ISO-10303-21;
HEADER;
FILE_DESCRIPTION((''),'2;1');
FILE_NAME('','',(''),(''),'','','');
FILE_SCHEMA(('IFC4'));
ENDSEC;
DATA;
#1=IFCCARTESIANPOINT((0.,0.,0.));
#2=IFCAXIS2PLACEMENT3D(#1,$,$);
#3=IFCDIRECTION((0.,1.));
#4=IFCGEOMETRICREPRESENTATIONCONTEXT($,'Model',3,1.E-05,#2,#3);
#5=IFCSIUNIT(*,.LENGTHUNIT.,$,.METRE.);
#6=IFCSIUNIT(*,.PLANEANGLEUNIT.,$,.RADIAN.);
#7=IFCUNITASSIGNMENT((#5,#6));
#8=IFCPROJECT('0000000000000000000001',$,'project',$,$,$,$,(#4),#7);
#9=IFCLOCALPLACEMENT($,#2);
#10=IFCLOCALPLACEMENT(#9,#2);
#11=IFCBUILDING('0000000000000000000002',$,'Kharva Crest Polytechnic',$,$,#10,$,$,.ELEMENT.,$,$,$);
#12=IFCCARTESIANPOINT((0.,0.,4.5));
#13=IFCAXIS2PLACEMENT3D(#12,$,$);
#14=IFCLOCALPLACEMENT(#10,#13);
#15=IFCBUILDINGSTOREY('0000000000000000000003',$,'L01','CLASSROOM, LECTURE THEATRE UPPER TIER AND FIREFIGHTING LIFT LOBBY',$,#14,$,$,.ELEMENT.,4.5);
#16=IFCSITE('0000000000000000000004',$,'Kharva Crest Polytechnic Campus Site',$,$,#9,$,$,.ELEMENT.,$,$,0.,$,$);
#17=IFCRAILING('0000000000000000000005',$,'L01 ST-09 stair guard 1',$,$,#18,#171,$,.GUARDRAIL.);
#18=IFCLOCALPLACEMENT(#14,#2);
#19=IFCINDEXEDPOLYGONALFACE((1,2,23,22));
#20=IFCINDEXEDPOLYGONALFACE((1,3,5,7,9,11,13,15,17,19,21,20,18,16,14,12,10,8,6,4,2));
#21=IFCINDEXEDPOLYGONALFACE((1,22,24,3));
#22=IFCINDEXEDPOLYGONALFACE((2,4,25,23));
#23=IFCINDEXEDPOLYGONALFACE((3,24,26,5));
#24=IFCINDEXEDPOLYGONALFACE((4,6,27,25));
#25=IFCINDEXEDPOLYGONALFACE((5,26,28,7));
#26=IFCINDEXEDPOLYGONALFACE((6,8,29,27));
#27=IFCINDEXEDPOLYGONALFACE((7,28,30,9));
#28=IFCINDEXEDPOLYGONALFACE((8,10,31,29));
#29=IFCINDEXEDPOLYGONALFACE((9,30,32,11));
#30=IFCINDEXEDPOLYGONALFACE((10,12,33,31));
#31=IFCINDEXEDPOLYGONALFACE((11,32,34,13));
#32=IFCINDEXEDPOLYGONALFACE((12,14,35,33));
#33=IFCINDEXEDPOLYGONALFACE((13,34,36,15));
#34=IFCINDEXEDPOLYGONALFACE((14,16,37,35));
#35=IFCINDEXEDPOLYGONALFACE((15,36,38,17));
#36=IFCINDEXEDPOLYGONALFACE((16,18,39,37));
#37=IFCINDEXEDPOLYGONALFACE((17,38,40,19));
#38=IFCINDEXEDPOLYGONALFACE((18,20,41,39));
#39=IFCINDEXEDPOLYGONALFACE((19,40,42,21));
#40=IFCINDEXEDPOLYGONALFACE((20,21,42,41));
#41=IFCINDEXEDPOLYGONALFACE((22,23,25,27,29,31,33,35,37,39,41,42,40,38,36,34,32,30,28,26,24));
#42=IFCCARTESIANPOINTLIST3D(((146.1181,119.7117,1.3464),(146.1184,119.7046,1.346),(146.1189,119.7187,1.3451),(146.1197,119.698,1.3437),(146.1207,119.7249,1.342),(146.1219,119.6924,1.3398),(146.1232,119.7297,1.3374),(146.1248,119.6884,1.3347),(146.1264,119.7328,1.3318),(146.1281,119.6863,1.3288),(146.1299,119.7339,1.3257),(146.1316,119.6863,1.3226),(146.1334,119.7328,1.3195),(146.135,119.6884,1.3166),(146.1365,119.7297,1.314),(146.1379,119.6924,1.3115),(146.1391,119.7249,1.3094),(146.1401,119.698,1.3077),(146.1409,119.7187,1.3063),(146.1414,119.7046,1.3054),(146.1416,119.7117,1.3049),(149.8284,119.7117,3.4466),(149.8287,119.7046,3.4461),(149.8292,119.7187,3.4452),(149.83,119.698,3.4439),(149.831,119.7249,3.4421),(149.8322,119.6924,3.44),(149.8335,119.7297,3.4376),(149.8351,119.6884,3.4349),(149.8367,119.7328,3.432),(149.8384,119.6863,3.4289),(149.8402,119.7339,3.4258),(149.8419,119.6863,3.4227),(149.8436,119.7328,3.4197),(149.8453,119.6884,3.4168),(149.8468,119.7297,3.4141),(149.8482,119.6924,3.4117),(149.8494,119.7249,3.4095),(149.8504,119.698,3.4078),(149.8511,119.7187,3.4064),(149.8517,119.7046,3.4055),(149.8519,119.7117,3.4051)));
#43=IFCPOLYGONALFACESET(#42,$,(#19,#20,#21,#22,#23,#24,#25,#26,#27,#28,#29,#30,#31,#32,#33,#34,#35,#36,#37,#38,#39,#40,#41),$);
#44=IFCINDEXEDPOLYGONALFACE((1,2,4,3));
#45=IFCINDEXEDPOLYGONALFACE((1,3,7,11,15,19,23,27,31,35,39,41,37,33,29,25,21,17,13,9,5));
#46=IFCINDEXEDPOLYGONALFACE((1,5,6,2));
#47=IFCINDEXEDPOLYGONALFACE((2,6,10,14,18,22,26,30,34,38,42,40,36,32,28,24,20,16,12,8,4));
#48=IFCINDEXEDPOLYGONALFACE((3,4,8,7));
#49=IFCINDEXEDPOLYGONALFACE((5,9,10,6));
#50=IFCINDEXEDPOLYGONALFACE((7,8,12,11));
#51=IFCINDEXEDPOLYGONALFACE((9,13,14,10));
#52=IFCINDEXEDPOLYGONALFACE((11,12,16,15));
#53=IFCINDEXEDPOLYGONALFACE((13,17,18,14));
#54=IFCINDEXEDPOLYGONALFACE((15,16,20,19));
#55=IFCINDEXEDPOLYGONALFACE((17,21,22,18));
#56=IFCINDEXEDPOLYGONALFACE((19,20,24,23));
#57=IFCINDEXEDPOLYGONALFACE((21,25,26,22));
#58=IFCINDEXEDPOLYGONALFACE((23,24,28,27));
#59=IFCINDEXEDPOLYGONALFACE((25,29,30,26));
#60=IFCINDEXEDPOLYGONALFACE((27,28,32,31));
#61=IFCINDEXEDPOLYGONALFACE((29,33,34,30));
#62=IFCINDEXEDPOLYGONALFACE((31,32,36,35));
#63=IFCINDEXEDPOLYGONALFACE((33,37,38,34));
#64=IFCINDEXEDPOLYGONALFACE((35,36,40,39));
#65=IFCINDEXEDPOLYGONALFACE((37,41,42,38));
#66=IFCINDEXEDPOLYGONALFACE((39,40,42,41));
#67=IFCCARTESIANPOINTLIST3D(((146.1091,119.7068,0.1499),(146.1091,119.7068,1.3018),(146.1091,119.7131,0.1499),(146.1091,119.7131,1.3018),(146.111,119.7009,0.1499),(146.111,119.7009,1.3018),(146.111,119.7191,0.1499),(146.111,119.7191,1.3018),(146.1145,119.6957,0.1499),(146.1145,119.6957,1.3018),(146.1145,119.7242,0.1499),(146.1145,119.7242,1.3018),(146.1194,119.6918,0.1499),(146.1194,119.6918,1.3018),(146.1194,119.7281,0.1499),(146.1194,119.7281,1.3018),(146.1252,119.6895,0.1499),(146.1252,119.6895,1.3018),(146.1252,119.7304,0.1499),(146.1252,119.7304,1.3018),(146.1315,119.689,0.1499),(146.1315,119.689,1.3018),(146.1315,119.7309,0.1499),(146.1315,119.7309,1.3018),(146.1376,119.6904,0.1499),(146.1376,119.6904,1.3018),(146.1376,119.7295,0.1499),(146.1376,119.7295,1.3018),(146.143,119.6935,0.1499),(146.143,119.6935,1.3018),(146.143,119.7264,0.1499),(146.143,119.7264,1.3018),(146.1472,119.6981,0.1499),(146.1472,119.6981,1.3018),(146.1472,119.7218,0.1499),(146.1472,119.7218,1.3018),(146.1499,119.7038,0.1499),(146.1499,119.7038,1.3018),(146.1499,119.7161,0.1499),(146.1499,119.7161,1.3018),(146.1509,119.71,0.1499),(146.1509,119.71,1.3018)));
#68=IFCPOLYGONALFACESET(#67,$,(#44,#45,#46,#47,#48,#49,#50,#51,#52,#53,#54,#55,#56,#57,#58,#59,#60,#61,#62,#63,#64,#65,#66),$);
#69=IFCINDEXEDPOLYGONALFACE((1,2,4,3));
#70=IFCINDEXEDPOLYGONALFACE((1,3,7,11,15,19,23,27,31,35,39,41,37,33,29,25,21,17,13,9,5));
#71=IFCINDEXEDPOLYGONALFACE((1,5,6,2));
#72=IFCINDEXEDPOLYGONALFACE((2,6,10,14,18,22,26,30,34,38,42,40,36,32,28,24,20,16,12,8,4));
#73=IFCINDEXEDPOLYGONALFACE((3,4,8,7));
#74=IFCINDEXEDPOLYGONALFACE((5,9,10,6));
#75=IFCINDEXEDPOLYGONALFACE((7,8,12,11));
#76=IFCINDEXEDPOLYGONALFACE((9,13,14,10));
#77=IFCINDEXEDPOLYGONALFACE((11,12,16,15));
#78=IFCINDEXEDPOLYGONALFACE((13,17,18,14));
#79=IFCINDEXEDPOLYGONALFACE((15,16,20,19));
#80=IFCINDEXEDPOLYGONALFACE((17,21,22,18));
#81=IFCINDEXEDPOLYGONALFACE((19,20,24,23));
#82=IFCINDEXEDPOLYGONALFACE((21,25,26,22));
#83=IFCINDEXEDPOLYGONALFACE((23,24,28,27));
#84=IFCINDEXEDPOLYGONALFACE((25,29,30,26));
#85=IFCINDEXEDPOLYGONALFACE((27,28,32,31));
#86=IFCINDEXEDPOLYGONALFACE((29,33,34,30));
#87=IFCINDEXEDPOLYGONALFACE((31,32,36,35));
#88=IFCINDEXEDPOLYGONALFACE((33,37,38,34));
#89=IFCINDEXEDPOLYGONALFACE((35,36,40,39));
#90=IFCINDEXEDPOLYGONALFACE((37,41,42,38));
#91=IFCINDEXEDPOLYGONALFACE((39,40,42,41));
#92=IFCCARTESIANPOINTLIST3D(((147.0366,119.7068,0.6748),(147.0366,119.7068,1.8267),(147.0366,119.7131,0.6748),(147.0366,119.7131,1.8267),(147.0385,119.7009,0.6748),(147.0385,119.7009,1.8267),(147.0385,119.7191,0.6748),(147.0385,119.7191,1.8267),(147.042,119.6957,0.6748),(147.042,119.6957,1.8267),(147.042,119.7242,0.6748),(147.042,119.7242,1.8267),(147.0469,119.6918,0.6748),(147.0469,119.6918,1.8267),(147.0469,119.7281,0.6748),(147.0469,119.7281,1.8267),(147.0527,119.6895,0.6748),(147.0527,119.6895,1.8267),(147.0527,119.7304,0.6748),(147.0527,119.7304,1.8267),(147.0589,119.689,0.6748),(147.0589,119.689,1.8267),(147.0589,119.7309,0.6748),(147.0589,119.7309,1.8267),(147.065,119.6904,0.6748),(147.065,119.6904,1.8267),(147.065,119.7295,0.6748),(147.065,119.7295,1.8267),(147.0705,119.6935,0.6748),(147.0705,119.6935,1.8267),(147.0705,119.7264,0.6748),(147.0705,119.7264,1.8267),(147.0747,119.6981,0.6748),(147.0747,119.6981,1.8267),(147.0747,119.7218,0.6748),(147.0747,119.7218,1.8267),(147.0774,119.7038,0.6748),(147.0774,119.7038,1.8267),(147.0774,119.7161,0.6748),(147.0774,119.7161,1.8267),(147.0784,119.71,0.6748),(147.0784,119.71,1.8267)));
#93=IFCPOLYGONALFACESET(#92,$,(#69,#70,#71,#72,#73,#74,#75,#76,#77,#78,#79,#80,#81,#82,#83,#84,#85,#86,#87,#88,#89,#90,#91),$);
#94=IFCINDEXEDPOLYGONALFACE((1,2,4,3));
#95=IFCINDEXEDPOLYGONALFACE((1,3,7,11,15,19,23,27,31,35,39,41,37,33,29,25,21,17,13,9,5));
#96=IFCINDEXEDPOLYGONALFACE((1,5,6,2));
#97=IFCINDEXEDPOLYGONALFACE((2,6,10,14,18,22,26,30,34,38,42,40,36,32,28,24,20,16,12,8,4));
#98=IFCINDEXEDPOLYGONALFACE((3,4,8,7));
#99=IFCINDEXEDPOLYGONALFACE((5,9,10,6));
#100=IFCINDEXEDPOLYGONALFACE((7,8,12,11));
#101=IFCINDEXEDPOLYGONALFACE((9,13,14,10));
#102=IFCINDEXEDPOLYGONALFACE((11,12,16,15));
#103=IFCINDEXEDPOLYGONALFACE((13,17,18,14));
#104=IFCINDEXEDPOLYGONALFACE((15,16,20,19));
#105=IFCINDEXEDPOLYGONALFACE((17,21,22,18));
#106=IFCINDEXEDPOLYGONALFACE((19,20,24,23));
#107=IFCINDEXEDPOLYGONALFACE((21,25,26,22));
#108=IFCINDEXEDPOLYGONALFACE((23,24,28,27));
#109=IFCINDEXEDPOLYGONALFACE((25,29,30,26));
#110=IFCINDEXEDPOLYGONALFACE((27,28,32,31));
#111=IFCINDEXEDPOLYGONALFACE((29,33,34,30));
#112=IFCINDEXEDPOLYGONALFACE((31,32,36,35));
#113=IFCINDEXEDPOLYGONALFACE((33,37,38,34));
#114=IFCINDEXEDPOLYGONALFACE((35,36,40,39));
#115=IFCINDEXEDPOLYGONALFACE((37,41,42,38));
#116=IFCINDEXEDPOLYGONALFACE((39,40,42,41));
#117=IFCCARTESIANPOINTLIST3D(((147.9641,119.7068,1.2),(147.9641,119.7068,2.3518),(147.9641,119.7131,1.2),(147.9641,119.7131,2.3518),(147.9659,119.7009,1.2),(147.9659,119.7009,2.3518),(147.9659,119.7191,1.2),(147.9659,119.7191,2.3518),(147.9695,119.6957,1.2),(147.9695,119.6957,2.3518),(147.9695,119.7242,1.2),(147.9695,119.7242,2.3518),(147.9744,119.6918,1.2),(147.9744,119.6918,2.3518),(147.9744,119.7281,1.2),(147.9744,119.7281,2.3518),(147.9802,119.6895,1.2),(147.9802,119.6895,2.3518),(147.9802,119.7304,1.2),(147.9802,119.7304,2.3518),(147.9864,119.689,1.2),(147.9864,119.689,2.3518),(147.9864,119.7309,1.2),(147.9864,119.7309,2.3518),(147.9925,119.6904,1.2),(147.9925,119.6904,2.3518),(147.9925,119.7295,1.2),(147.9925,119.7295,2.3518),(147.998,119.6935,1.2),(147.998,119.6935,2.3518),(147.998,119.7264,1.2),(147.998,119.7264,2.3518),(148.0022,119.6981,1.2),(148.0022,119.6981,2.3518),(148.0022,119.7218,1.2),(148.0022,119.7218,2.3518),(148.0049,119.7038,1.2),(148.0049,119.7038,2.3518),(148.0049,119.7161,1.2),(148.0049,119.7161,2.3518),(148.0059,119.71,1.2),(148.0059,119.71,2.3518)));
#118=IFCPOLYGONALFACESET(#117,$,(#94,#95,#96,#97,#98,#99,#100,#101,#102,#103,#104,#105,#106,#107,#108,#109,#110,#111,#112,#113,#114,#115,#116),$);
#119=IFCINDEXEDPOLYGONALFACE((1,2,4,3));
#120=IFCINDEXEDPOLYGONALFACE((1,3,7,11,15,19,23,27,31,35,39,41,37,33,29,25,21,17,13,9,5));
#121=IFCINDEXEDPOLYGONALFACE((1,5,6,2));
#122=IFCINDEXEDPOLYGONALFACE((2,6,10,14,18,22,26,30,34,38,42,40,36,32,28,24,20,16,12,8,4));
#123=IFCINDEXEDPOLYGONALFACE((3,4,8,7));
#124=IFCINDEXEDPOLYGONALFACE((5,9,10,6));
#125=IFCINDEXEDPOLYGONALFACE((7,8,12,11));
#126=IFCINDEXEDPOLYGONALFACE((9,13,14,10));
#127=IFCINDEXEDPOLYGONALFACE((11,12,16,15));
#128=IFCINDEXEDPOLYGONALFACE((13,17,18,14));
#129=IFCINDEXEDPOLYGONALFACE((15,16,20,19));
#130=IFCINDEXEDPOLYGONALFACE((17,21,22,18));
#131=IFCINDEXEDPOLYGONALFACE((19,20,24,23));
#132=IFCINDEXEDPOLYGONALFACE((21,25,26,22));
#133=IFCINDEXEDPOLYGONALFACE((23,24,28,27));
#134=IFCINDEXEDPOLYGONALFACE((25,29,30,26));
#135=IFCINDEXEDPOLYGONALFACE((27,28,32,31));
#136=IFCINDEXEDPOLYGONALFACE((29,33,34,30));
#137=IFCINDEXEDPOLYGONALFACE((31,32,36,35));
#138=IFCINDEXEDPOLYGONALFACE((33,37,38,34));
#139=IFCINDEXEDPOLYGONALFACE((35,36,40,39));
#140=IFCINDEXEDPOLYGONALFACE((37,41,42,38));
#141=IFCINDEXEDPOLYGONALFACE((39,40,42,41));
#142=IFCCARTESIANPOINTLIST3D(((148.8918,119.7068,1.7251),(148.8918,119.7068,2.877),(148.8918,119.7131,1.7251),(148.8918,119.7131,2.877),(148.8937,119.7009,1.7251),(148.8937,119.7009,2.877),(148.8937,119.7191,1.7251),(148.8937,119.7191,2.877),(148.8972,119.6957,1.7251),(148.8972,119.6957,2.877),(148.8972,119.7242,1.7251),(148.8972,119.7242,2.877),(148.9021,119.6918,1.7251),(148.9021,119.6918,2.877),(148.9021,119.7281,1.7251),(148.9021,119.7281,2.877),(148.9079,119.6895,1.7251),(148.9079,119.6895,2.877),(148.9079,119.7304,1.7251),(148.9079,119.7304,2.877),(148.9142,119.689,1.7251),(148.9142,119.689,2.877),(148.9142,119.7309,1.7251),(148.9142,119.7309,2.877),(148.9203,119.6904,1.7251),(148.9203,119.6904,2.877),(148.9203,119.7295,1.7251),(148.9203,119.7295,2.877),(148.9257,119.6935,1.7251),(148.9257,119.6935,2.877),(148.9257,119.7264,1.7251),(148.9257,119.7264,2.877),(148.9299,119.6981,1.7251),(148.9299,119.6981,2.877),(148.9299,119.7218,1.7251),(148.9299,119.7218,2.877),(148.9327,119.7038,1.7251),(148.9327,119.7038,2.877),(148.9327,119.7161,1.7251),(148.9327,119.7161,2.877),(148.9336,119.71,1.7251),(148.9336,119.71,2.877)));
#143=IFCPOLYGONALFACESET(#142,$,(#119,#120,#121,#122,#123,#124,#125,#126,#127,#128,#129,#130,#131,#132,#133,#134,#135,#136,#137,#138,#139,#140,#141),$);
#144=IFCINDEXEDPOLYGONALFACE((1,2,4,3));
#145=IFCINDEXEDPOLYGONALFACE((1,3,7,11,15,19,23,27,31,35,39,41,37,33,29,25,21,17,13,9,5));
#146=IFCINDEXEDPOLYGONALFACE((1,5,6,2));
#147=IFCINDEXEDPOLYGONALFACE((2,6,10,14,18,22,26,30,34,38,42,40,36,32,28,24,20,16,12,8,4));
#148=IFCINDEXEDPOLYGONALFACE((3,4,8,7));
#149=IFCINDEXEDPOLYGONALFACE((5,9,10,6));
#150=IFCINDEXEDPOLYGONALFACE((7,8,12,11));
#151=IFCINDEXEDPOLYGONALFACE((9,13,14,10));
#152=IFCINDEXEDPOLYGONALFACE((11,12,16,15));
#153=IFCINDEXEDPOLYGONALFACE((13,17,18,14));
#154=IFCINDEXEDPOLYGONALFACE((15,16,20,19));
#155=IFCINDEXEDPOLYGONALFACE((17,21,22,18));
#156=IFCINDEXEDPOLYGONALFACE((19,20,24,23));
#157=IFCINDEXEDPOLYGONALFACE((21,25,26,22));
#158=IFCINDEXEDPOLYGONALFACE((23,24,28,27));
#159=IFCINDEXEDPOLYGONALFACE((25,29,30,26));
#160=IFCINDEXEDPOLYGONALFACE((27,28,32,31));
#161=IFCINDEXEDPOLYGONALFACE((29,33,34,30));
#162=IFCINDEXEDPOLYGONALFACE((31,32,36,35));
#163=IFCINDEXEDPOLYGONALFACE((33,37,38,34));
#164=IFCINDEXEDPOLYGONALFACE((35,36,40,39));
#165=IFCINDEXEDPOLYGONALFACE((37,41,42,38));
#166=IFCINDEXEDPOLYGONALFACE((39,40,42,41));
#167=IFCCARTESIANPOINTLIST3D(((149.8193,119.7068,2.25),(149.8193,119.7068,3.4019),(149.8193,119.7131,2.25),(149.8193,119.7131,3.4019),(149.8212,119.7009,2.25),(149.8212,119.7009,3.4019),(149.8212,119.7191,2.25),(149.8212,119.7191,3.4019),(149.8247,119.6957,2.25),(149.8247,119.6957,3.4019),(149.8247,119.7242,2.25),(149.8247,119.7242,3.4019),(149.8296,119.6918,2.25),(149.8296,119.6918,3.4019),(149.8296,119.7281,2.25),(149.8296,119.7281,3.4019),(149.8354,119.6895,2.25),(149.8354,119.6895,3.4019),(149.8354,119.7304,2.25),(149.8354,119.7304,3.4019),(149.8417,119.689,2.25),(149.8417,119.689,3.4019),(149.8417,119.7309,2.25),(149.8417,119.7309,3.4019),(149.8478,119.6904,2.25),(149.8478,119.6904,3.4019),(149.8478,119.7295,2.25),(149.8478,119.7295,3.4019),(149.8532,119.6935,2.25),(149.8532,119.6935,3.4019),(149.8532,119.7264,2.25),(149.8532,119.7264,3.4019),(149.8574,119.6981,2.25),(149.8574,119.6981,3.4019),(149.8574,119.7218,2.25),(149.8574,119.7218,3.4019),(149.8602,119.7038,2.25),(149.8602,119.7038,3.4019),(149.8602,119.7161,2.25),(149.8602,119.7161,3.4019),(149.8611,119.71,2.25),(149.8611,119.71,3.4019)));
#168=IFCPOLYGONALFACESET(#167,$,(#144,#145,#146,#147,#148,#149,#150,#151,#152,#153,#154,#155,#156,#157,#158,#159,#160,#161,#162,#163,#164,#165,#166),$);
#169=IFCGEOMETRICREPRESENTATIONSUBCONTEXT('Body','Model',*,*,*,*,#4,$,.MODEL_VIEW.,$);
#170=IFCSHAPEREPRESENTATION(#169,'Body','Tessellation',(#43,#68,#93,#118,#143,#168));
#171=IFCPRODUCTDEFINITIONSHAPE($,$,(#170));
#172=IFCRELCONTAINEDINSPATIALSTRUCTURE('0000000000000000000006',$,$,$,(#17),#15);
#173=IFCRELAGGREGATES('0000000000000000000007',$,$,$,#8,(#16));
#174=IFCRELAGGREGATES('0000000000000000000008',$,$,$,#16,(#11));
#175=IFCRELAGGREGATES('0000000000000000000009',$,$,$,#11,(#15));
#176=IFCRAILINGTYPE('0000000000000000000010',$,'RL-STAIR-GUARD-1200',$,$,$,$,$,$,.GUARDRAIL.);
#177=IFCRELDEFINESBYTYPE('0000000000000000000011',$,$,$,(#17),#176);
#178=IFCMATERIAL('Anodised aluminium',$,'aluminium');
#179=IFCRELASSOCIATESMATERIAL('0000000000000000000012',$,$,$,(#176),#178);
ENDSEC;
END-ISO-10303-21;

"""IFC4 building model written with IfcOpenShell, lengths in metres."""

from ifc_helpers import new_model, si_unit, direction, frame, origin, origin_2d, place, context, subcontext, project, spatial, circle, extrude, material, type_object, element, save


model = new_model("IFC4")

# Units and contexts
model_context = context("Model", 3, precision=1e-05, world=origin(), true_north=direction((0.0, 1.0)))
body_context = subcontext(model_context, "Body", "Model", "MODEL_VIEW")
ifc_project = project(units=[si_unit("LENGTHUNIT", "METRE"), si_unit("PLANEANGLEUNIT", "RADIAN")], contexts=[model_context])

# Site, building, storey
site_placement = place(None, origin())
site = spatial("IfcSite", under=ifc_project, at=site_placement, Name="Kharva Crest Polytechnic Campus Site", CompositionType="ELEMENT", RefElevation=0.0)
building_placement = place(site_placement, origin())
building = spatial("IfcBuilding", under=site, at=building_placement, Name="Kharva Crest Polytechnic", CompositionType="ELEMENT")
storey_placement = place(building_placement, frame((0.0, 0.0, 4.5)))
storey = spatial("IfcBuildingStorey", under=building, at=storey_placement, Name="L01", Description="CLASSROOM, LECTURE THEATRE UPPER TIER AND FIREFIGHTING LIFT LOBBY", CompositionType="ELEMENT", Elevation=4.5)

# Railing
ifc_material_1 = material(Name="Anodised aluminium", Category="aluminium")
railing_type_1 = type_object("IfcRailingType", Name="RL-STAIR-GUARD-1200", PredefinedType="GUARDRAIL", material=ifc_material_1)
railing_1_placement = place(storey_placement, frame((146.1299, 119.71, 0.1499)))
element("IfcRailing", 1, at=railing_1_placement, inside=storey, type_object=railing_type_1, Name="L01 ST-09 stair guard 1", PredefinedType="GUARDRAIL", context=body_context, shape_type="SweptSolid", body=[
    extrude(circle(Radius=0.0239, at=origin_2d()), frame((0.0, 0.0, 1.1758), z_axis=(0.870259, 0.0, 0.492595), x_axis=(0.0, 1.0, 0.0)), (0.0, 0.0, 1.0), 4.2634),
    extrude(circle(Radius=0.021, at=origin_2d()), origin(), (0.0, 0.0, 1.0), 1.1519),
    extrude(circle(Radius=0.021, at=origin_2d()), frame((0.9275, 0.0, 0.5249)), (0.0, 0.0, 1.0), 1.1519),
    extrude(circle(Radius=0.021, at=origin_2d()), frame((1.855, 0.0, 1.05)), (0.0, 0.0, 1.0), 1.1519),
    extrude(circle(Radius=0.021, at=origin_2d()), frame((2.7827, 0.0, 1.5752)), (0.0, 0.0, 1.0), 1.1519),
    extrude(circle(Radius=0.021, at=origin_2d()), frame((3.7102, 0.0, 2.1001)), (0.0, 0.0, 1.0), 1.1519),
])

save(model, "model.ifc")
